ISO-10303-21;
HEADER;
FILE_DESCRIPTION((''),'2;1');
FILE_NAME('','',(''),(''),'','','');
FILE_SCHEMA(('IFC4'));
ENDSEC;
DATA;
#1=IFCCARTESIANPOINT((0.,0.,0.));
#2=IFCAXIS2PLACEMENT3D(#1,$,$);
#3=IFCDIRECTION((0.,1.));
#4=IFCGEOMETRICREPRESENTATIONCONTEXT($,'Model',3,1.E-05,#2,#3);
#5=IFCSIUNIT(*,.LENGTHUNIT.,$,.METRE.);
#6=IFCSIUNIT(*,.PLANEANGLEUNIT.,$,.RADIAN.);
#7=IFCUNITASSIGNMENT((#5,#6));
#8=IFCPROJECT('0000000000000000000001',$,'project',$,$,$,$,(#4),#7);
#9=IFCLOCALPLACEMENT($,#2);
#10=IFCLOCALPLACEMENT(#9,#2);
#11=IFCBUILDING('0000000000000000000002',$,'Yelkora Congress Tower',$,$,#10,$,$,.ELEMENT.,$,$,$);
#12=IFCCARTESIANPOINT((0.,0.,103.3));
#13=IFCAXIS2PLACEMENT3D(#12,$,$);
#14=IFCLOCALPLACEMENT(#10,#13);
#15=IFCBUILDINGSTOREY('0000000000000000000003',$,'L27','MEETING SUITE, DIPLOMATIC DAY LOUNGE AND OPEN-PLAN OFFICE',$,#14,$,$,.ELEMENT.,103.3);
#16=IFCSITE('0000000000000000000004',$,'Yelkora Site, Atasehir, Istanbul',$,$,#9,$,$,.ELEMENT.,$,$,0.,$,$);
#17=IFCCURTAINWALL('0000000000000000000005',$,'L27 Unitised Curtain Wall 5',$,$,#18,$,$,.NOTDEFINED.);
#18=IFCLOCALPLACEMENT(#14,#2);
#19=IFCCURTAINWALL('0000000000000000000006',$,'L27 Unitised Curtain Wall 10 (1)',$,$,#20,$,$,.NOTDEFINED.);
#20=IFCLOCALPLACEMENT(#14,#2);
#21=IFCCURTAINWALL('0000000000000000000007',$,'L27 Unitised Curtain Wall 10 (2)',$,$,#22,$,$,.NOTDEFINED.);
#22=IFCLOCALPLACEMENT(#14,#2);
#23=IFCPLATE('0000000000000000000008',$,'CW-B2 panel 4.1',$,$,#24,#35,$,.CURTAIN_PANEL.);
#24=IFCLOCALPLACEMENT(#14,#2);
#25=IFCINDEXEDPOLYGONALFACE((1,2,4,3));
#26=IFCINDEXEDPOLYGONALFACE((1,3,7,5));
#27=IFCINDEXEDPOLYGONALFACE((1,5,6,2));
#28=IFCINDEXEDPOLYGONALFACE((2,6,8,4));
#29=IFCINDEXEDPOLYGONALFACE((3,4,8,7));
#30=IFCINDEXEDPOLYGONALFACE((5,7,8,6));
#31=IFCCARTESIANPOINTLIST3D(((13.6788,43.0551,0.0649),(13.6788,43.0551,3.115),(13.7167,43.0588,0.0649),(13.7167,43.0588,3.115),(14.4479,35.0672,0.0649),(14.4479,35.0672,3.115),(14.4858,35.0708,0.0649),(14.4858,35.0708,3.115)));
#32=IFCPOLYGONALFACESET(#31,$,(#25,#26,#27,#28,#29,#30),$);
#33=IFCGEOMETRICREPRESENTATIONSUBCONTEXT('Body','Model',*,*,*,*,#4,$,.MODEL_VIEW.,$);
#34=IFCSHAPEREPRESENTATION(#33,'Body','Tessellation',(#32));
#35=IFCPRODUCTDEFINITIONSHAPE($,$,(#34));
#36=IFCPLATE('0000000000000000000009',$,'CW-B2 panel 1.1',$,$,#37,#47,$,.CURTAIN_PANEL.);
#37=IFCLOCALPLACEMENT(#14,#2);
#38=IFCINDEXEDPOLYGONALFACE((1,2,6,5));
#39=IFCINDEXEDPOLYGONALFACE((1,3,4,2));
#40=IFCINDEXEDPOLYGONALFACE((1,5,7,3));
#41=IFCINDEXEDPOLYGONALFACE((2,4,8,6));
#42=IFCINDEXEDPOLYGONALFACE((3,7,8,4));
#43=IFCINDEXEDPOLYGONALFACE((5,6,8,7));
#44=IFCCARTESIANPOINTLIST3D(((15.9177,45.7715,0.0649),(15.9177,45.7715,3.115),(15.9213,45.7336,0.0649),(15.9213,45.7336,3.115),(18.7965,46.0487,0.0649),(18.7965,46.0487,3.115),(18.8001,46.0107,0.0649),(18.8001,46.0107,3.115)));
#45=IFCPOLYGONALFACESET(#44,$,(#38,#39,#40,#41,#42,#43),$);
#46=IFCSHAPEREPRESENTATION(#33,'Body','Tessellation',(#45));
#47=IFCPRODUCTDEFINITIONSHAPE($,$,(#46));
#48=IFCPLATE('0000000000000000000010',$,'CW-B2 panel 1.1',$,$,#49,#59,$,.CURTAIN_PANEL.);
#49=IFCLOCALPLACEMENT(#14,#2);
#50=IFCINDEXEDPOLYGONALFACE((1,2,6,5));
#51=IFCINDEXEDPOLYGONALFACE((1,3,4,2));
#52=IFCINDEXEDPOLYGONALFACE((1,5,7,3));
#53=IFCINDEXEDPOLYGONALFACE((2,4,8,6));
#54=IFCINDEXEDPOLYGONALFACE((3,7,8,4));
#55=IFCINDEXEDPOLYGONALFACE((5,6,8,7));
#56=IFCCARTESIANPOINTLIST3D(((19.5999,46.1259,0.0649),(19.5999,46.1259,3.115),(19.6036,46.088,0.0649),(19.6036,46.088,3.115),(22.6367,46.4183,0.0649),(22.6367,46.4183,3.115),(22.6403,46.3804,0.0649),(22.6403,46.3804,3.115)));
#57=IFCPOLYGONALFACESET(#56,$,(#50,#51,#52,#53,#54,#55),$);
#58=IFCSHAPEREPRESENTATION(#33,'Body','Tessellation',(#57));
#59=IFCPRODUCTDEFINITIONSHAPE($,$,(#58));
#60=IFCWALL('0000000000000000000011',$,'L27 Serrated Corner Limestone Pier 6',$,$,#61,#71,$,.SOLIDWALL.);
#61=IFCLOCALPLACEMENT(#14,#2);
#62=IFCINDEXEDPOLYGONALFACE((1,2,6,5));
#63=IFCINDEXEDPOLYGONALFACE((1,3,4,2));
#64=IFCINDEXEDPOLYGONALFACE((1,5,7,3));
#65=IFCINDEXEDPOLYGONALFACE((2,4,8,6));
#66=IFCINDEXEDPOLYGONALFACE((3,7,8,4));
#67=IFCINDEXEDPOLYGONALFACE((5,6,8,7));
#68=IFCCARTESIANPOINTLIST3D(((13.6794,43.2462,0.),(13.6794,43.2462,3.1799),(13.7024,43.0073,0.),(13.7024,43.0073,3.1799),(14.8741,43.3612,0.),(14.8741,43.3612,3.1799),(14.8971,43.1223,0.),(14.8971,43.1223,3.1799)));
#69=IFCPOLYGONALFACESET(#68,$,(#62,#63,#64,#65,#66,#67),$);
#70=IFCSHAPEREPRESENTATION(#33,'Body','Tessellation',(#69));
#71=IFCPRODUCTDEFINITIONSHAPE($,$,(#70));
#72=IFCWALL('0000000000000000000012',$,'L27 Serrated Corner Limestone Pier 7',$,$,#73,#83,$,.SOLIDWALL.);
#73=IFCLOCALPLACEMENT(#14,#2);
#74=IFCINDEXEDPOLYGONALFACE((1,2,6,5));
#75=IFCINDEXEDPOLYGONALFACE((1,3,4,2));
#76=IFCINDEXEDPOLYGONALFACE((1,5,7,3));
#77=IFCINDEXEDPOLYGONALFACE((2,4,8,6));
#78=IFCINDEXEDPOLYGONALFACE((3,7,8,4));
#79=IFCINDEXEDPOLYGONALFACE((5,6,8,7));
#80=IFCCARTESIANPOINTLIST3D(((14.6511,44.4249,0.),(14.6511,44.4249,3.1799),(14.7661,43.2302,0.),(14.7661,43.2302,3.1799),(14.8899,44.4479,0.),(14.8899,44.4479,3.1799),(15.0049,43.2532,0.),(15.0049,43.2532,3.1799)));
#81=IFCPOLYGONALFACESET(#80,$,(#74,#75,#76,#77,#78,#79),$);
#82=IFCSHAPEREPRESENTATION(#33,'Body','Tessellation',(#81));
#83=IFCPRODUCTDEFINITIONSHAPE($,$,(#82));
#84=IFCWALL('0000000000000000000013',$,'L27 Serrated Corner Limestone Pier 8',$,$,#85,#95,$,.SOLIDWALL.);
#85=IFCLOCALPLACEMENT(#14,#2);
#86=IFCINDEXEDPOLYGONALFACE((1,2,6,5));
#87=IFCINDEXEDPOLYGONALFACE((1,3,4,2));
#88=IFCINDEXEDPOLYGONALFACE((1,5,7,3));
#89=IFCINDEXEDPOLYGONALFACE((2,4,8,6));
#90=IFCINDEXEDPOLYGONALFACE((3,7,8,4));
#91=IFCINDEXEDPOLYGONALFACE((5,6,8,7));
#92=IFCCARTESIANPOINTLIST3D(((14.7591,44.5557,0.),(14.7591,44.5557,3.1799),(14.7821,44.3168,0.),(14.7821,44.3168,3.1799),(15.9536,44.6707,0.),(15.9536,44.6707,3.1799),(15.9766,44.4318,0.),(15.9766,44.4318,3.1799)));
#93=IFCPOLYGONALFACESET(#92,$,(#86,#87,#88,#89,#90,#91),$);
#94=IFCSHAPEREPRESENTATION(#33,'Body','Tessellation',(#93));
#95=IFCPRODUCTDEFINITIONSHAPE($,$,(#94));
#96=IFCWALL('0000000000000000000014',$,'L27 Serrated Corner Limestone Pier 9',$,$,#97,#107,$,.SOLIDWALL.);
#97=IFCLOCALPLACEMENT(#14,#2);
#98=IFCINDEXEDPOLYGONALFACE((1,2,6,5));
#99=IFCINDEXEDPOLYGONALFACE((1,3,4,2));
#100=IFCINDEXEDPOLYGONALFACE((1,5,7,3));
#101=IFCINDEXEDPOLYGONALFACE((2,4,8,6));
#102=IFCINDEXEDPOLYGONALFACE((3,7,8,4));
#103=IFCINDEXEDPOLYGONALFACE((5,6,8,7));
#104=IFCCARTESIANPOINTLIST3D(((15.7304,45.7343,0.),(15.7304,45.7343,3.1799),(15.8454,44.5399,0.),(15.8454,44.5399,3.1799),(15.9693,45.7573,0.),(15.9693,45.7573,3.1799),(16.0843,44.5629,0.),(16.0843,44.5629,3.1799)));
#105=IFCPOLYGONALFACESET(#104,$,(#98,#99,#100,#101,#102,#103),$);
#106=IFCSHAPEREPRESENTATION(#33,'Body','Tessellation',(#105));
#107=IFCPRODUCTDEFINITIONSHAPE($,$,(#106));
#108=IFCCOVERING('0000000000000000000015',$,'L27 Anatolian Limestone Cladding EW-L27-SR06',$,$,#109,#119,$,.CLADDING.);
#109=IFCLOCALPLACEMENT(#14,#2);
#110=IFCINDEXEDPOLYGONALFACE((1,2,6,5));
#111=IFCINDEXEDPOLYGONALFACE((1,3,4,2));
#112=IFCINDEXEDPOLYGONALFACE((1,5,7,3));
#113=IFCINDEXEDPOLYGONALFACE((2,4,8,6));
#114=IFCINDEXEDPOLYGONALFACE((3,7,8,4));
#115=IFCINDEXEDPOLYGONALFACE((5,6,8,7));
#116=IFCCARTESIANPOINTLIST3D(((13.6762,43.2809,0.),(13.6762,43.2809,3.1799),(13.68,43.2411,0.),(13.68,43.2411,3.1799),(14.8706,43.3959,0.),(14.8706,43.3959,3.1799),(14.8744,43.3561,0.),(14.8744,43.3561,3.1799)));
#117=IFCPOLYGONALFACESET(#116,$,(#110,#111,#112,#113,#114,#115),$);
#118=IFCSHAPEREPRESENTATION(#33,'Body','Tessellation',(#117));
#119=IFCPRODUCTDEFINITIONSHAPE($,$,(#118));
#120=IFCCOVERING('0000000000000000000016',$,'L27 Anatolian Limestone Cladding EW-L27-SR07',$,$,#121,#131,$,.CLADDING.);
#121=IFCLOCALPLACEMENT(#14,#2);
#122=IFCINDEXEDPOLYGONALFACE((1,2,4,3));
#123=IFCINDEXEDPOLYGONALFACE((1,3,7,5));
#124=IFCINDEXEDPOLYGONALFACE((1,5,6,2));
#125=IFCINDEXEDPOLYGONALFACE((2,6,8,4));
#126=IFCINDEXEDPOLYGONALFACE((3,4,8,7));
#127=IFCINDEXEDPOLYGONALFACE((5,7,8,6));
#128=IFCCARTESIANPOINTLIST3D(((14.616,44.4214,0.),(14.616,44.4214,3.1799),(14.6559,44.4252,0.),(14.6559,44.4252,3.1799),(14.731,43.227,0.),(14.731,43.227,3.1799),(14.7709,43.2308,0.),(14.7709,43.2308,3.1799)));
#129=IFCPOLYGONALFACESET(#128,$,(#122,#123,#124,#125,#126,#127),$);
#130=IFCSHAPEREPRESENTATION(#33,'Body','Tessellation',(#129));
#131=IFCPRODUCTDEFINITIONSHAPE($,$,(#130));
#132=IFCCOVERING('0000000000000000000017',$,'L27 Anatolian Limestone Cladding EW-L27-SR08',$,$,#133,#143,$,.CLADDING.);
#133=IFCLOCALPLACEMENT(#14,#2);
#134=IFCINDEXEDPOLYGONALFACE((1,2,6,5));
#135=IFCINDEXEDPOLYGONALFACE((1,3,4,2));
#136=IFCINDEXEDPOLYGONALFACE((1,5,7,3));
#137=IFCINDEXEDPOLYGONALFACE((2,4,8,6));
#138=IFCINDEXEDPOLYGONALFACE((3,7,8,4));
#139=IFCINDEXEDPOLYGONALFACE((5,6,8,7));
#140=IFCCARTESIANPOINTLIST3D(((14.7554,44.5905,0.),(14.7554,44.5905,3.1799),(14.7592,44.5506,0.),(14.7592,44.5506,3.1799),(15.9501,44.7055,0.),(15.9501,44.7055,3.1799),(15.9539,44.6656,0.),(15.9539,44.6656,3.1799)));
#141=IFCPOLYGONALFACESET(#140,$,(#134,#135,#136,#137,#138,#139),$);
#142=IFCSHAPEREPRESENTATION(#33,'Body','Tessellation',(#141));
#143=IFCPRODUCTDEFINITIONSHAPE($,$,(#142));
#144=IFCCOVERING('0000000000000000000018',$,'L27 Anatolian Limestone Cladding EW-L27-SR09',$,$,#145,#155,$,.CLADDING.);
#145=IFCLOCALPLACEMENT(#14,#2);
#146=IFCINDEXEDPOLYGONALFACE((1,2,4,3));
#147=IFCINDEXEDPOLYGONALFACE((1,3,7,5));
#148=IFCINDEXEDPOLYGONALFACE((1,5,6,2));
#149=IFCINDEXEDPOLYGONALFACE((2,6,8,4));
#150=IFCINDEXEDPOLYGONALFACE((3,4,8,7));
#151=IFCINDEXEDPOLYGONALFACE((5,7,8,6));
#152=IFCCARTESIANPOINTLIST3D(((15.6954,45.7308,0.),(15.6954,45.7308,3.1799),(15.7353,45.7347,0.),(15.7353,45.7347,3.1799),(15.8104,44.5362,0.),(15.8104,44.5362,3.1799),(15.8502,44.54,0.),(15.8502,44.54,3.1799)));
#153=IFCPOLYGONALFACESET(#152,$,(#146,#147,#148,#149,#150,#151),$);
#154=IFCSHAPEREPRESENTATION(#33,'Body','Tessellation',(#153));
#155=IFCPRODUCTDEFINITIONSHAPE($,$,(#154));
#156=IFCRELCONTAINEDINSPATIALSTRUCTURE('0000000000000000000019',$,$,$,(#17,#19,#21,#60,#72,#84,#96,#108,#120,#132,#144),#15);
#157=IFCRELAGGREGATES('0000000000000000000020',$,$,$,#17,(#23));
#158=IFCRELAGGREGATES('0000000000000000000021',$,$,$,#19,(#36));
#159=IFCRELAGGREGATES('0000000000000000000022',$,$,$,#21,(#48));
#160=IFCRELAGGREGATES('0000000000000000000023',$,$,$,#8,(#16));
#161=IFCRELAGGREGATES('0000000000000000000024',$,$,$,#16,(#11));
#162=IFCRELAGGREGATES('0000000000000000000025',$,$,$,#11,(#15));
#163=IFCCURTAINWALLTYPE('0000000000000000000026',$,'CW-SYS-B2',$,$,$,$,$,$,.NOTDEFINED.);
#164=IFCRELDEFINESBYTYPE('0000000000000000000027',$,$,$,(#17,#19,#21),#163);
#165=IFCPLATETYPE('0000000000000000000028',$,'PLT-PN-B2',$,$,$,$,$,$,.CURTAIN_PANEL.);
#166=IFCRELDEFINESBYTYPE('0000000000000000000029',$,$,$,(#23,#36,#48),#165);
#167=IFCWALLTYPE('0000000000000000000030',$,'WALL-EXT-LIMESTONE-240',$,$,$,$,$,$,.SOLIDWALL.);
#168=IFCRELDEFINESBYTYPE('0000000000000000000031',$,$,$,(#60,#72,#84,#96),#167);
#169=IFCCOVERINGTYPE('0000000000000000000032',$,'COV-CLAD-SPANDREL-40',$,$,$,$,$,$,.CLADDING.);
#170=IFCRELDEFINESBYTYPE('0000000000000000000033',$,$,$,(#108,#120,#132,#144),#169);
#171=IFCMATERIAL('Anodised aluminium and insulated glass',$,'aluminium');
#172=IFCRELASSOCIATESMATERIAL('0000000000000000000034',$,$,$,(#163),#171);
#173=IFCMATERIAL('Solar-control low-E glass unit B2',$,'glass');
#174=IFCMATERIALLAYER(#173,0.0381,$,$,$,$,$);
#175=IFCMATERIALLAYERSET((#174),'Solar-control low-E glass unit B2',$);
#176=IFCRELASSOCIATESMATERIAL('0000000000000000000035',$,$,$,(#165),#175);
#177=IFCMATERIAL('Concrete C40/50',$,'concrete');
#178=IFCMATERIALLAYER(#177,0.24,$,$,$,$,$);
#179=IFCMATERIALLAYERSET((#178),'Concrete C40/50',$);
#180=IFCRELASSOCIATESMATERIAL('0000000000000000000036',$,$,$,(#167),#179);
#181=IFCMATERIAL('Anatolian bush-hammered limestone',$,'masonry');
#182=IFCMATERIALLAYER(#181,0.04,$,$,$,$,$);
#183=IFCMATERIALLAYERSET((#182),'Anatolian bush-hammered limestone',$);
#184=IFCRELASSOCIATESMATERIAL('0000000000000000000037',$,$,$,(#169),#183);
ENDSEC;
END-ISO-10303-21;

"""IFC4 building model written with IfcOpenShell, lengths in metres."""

from ifc_helpers import new_model, si_unit, direction, frame, frame_2d, origin, origin_2d, place, context, subcontext, project, spatial, rectangle, extrude, material, layer, layer_set, type_object, element, aggregate, save


model = new_model("IFC4")

# Units and contexts
model_context = context("Model", 3, precision=1e-05, world=origin(), true_north=direction((0.0, 1.0)))
body_context = subcontext(model_context, "Body", "Model", "MODEL_VIEW")
ifc_project = project(units=[si_unit("LENGTHUNIT", "METRE"), si_unit("PLANEANGLEUNIT", "RADIAN")], contexts=[model_context])

# Site, building, storey
site_placement = place(None, origin())
site = spatial("IfcSite", under=ifc_project, at=site_placement, Name="Yelkora Site, Atasehir, Istanbul", CompositionType="ELEMENT", RefElevation=0.0)
building_placement = place(site_placement, origin())
building = spatial("IfcBuilding", under=site, at=building_placement, Name="Yelkora Congress Tower", CompositionType="ELEMENT")
storey_placement = place(building_placement, frame((0.0, 0.0, 103.3)))
storey = spatial("IfcBuildingStorey", under=building, at=storey_placement, Name="L27", Description="MEETING SUITE, DIPLOMATIC DAY LOUNGE AND OPEN-PLAN OFFICE", CompositionType="ELEMENT", Elevation=103.3)

# Curtain wall
ifc_material_1 = material(Name="Anodised aluminium and insulated glass", Category="aluminium")
curtain_wall_type = type_object("IfcCurtainWallType", Name="CW-SYS-B2", PredefinedType="NOTDEFINED", material=ifc_material_1)
curtain_wall_1_placement = place(storey_placement, origin())
curtain_wall_1 = element("IfcCurtainWall", 1, at=curtain_wall_1_placement, inside=storey, type_object=curtain_wall_type, Name="L27 Unitised Curtain Wall 5", PredefinedType="NOTDEFINED")

# Curtain wall
curtain_wall_2_placement = place(storey_placement, origin())
curtain_wall_2 = element("IfcCurtainWall", 2, at=curtain_wall_2_placement, inside=storey, type_object=curtain_wall_type, Name="L27 Unitised Curtain Wall 10 (1)", PredefinedType="NOTDEFINED")

# Curtain wall
curtain_wall_3_placement = place(storey_placement, origin())
curtain_wall_3 = element("IfcCurtainWall", 3, at=curtain_wall_3_placement, inside=storey, type_object=curtain_wall_type, Name="L27 Unitised Curtain Wall 10 (2)", PredefinedType="NOTDEFINED")

# Plates
ifc_material_2 = material(Name="Solar-control low-E glass unit B2", Category="glass")
ifc_layer_1 = layer(ifc_material_2, 0.0381)
ifc_layer_set_1 = layer_set([ifc_layer_1], Name="Solar-control low-E glass unit B2")
plate_type = type_object("IfcPlateType", Name="PLT-PN-B2", PredefinedType="CURTAIN_PANEL", material=ifc_layer_set_1)
plate_1_placement = place(storey_placement, frame((14.0823, 39.063, 0.0649), z_axis=(0.0, 0.0, 1.0), x_axis=(-0.095843, 0.995397, 0.0)))
plate_1 = element("IfcPlate", 4, at=plate_1_placement, type_object=plate_type, Name="CW-B2 panel 4.1", PredefinedType="CURTAIN_PANEL", context=body_context, shape_type="SweptSolid", body=[
    extrude(rectangle(XDim=8.0249, YDim=0.0381, at=origin_2d()), origin(), (0.0, 0.0, 1.0), 3.05),
])
aggregate(curtain_wall_1, [plate_1])
plate_2_placement = place(storey_placement, frame((17.3589, 45.8911, 0.0649), z_axis=(0.0, 0.0, 1.0), x_axis=(0.995397, 0.095839, 0.0)))
plate_2 = element("IfcPlate", 5, at=plate_2_placement, type_object=plate_type, Name="CW-B2 panel 1.1", PredefinedType="CURTAIN_PANEL", context=body_context, shape_type="SweptSolid", body=[
    extrude(rectangle(XDim=2.8921, YDim=0.0381, at=origin_2d()), origin(), (0.0, 0.0, 1.0), 3.05),
])
aggregate(curtain_wall_2, [plate_2])
plate_3_placement = place(storey_placement, frame((21.1201, 46.2532, 0.0649), z_axis=(0.0, 0.0, 1.0), x_axis=(0.995397, 0.095841, 0.0)))
plate_3 = element("IfcPlate", 6, at=plate_3_placement, type_object=plate_type, Name="CW-B2 panel 1.1", PredefinedType="CURTAIN_PANEL", context=body_context, shape_type="SweptSolid", body=[
    extrude(rectangle(XDim=3.0508, YDim=0.0381, at=origin_2d()), origin(), (0.0, 0.0, 1.0), 3.05),
])
aggregate(curtain_wall_3, [plate_3])

# Walls
ifc_material_3 = material(Name="Concrete C40/50", Category="concrete")
ifc_layer_2 = layer(ifc_material_3, 0.24)
ifc_layer_set_2 = layer_set([ifc_layer_2], Name="Concrete C40/50")
wall_type = type_object("IfcWallType", Name="WALL-EXT-LIMESTONE-240", PredefinedType="SOLIDWALL", material=ifc_layer_set_2)
for number, where, z_axis, x_axis, name in (
    (7, (13.6909, 43.1267, 0.0), (0.0, 0.0, 1.0), (0.995399, 0.095817, 0.0), "L27 Serrated Corner Limestone Pier 6"),
    (8, (14.8855, 43.2417, 0.0), (0.0, 0.0, 1.0), (-0.095817, 0.995399, 0.0), "L27 Serrated Corner Limestone Pier 7"),
):
    element("IfcWall", number, at=place(storey_placement, frame(where, z_axis=z_axis, x_axis=x_axis)), inside=storey, type_object=wall_type, Name=name, PredefinedType="SOLIDWALL", context=body_context, shape_type="SweptSolid", body=[
        extrude(rectangle(XDim=1.2002, YDim=0.24, at=frame_2d((0.6001, 0.0))), origin(), (0.0, 0.0, 1.0), 3.1799),
    ])
for number, where, z_axis, x_axis, name in (
    (9, (14.7705, 44.4363, 0.0), (0.0, 0.0, 1.0), (0.995397, 0.095836, 0.0), "L27 Serrated Corner Limestone Pier 8"),
    (10, (15.9648, 44.5513, 0.0), (0.0, 0.0, 1.0), (-0.095836, 0.995397, 0.0), "L27 Serrated Corner Limestone Pier 9"),
):
    element("IfcWall", number, at=place(storey_placement, frame(where, z_axis=z_axis, x_axis=x_axis)), inside=storey, type_object=wall_type, Name=name, PredefinedType="SOLIDWALL", context=body_context, shape_type="SweptSolid", body=[
        extrude(rectangle(XDim=1.2, YDim=0.24, at=frame_2d((0.6001, 0.0))), origin(), (0.0, 0.0, 1.0), 3.1799),
    ])

# Coverings
ifc_material_4 = material(Name="Anatolian bush-hammered limestone", Category="masonry")
ifc_layer_3 = layer(ifc_material_4, 0.04)
ifc_layer_set_3 = layer_set([ifc_layer_3], Name="Anatolian bush-hammered limestone")
covering_type = type_object("IfcCoveringType", Name="COV-CLAD-SPANDREL-40", PredefinedType="CLADDING", material=ifc_layer_set_3)
for number, where, z_axis, x_axis, name in (
    (11, (13.678, 43.261, 0.0), (0.0, 0.0, 1.0), (0.995397, 0.095836, 0.0), "L27 Anatolian Limestone Cladding EW-L27-SR06"),
    (12, (14.751, 43.2288, 0.0), (0.0, 0.0, 1.0), (-0.095836, 0.995397, 0.0), "L27 Anatolian Limestone Cladding EW-L27-SR07"),
):
    element("IfcCovering", number, at=place(storey_placement, frame(where, z_axis=z_axis, x_axis=x_axis)), inside=storey, type_object=covering_type, Name=name, PredefinedType="CLADDING", context=body_context, shape_type="SweptSolid", body=[
        extrude(rectangle(XDim=1.2, YDim=0.04, at=frame_2d((0.6001, 0.0))), origin(), (0.0, 0.0, 1.0), 3.1799),
    ])
for number, where, z_axis, x_axis, name in (
    (13, (14.7573, 44.5706, 0.0), (0.0, 0.0, 1.0), (0.995399, 0.095817, 0.0), "L27 Anatolian Limestone Cladding EW-L27-SR08"),
    (14, (15.8303, 44.5381, 0.0), (0.0, 0.0, 1.0), (-0.095817, 0.995399, 0.0), "L27 Anatolian Limestone Cladding EW-L27-SR09"),
):
    element("IfcCovering", number, at=place(storey_placement, frame(where, z_axis=z_axis, x_axis=x_axis)), inside=storey, type_object=covering_type, Name=name, PredefinedType="CLADDING", context=body_context, shape_type="SweptSolid", body=[
        extrude(rectangle(XDim=1.2002, YDim=0.04, at=frame_2d((0.6001, 0.0))), origin(), (0.0, 0.0, 1.0), 3.1799),
    ])

save(model, "model.ifc")
